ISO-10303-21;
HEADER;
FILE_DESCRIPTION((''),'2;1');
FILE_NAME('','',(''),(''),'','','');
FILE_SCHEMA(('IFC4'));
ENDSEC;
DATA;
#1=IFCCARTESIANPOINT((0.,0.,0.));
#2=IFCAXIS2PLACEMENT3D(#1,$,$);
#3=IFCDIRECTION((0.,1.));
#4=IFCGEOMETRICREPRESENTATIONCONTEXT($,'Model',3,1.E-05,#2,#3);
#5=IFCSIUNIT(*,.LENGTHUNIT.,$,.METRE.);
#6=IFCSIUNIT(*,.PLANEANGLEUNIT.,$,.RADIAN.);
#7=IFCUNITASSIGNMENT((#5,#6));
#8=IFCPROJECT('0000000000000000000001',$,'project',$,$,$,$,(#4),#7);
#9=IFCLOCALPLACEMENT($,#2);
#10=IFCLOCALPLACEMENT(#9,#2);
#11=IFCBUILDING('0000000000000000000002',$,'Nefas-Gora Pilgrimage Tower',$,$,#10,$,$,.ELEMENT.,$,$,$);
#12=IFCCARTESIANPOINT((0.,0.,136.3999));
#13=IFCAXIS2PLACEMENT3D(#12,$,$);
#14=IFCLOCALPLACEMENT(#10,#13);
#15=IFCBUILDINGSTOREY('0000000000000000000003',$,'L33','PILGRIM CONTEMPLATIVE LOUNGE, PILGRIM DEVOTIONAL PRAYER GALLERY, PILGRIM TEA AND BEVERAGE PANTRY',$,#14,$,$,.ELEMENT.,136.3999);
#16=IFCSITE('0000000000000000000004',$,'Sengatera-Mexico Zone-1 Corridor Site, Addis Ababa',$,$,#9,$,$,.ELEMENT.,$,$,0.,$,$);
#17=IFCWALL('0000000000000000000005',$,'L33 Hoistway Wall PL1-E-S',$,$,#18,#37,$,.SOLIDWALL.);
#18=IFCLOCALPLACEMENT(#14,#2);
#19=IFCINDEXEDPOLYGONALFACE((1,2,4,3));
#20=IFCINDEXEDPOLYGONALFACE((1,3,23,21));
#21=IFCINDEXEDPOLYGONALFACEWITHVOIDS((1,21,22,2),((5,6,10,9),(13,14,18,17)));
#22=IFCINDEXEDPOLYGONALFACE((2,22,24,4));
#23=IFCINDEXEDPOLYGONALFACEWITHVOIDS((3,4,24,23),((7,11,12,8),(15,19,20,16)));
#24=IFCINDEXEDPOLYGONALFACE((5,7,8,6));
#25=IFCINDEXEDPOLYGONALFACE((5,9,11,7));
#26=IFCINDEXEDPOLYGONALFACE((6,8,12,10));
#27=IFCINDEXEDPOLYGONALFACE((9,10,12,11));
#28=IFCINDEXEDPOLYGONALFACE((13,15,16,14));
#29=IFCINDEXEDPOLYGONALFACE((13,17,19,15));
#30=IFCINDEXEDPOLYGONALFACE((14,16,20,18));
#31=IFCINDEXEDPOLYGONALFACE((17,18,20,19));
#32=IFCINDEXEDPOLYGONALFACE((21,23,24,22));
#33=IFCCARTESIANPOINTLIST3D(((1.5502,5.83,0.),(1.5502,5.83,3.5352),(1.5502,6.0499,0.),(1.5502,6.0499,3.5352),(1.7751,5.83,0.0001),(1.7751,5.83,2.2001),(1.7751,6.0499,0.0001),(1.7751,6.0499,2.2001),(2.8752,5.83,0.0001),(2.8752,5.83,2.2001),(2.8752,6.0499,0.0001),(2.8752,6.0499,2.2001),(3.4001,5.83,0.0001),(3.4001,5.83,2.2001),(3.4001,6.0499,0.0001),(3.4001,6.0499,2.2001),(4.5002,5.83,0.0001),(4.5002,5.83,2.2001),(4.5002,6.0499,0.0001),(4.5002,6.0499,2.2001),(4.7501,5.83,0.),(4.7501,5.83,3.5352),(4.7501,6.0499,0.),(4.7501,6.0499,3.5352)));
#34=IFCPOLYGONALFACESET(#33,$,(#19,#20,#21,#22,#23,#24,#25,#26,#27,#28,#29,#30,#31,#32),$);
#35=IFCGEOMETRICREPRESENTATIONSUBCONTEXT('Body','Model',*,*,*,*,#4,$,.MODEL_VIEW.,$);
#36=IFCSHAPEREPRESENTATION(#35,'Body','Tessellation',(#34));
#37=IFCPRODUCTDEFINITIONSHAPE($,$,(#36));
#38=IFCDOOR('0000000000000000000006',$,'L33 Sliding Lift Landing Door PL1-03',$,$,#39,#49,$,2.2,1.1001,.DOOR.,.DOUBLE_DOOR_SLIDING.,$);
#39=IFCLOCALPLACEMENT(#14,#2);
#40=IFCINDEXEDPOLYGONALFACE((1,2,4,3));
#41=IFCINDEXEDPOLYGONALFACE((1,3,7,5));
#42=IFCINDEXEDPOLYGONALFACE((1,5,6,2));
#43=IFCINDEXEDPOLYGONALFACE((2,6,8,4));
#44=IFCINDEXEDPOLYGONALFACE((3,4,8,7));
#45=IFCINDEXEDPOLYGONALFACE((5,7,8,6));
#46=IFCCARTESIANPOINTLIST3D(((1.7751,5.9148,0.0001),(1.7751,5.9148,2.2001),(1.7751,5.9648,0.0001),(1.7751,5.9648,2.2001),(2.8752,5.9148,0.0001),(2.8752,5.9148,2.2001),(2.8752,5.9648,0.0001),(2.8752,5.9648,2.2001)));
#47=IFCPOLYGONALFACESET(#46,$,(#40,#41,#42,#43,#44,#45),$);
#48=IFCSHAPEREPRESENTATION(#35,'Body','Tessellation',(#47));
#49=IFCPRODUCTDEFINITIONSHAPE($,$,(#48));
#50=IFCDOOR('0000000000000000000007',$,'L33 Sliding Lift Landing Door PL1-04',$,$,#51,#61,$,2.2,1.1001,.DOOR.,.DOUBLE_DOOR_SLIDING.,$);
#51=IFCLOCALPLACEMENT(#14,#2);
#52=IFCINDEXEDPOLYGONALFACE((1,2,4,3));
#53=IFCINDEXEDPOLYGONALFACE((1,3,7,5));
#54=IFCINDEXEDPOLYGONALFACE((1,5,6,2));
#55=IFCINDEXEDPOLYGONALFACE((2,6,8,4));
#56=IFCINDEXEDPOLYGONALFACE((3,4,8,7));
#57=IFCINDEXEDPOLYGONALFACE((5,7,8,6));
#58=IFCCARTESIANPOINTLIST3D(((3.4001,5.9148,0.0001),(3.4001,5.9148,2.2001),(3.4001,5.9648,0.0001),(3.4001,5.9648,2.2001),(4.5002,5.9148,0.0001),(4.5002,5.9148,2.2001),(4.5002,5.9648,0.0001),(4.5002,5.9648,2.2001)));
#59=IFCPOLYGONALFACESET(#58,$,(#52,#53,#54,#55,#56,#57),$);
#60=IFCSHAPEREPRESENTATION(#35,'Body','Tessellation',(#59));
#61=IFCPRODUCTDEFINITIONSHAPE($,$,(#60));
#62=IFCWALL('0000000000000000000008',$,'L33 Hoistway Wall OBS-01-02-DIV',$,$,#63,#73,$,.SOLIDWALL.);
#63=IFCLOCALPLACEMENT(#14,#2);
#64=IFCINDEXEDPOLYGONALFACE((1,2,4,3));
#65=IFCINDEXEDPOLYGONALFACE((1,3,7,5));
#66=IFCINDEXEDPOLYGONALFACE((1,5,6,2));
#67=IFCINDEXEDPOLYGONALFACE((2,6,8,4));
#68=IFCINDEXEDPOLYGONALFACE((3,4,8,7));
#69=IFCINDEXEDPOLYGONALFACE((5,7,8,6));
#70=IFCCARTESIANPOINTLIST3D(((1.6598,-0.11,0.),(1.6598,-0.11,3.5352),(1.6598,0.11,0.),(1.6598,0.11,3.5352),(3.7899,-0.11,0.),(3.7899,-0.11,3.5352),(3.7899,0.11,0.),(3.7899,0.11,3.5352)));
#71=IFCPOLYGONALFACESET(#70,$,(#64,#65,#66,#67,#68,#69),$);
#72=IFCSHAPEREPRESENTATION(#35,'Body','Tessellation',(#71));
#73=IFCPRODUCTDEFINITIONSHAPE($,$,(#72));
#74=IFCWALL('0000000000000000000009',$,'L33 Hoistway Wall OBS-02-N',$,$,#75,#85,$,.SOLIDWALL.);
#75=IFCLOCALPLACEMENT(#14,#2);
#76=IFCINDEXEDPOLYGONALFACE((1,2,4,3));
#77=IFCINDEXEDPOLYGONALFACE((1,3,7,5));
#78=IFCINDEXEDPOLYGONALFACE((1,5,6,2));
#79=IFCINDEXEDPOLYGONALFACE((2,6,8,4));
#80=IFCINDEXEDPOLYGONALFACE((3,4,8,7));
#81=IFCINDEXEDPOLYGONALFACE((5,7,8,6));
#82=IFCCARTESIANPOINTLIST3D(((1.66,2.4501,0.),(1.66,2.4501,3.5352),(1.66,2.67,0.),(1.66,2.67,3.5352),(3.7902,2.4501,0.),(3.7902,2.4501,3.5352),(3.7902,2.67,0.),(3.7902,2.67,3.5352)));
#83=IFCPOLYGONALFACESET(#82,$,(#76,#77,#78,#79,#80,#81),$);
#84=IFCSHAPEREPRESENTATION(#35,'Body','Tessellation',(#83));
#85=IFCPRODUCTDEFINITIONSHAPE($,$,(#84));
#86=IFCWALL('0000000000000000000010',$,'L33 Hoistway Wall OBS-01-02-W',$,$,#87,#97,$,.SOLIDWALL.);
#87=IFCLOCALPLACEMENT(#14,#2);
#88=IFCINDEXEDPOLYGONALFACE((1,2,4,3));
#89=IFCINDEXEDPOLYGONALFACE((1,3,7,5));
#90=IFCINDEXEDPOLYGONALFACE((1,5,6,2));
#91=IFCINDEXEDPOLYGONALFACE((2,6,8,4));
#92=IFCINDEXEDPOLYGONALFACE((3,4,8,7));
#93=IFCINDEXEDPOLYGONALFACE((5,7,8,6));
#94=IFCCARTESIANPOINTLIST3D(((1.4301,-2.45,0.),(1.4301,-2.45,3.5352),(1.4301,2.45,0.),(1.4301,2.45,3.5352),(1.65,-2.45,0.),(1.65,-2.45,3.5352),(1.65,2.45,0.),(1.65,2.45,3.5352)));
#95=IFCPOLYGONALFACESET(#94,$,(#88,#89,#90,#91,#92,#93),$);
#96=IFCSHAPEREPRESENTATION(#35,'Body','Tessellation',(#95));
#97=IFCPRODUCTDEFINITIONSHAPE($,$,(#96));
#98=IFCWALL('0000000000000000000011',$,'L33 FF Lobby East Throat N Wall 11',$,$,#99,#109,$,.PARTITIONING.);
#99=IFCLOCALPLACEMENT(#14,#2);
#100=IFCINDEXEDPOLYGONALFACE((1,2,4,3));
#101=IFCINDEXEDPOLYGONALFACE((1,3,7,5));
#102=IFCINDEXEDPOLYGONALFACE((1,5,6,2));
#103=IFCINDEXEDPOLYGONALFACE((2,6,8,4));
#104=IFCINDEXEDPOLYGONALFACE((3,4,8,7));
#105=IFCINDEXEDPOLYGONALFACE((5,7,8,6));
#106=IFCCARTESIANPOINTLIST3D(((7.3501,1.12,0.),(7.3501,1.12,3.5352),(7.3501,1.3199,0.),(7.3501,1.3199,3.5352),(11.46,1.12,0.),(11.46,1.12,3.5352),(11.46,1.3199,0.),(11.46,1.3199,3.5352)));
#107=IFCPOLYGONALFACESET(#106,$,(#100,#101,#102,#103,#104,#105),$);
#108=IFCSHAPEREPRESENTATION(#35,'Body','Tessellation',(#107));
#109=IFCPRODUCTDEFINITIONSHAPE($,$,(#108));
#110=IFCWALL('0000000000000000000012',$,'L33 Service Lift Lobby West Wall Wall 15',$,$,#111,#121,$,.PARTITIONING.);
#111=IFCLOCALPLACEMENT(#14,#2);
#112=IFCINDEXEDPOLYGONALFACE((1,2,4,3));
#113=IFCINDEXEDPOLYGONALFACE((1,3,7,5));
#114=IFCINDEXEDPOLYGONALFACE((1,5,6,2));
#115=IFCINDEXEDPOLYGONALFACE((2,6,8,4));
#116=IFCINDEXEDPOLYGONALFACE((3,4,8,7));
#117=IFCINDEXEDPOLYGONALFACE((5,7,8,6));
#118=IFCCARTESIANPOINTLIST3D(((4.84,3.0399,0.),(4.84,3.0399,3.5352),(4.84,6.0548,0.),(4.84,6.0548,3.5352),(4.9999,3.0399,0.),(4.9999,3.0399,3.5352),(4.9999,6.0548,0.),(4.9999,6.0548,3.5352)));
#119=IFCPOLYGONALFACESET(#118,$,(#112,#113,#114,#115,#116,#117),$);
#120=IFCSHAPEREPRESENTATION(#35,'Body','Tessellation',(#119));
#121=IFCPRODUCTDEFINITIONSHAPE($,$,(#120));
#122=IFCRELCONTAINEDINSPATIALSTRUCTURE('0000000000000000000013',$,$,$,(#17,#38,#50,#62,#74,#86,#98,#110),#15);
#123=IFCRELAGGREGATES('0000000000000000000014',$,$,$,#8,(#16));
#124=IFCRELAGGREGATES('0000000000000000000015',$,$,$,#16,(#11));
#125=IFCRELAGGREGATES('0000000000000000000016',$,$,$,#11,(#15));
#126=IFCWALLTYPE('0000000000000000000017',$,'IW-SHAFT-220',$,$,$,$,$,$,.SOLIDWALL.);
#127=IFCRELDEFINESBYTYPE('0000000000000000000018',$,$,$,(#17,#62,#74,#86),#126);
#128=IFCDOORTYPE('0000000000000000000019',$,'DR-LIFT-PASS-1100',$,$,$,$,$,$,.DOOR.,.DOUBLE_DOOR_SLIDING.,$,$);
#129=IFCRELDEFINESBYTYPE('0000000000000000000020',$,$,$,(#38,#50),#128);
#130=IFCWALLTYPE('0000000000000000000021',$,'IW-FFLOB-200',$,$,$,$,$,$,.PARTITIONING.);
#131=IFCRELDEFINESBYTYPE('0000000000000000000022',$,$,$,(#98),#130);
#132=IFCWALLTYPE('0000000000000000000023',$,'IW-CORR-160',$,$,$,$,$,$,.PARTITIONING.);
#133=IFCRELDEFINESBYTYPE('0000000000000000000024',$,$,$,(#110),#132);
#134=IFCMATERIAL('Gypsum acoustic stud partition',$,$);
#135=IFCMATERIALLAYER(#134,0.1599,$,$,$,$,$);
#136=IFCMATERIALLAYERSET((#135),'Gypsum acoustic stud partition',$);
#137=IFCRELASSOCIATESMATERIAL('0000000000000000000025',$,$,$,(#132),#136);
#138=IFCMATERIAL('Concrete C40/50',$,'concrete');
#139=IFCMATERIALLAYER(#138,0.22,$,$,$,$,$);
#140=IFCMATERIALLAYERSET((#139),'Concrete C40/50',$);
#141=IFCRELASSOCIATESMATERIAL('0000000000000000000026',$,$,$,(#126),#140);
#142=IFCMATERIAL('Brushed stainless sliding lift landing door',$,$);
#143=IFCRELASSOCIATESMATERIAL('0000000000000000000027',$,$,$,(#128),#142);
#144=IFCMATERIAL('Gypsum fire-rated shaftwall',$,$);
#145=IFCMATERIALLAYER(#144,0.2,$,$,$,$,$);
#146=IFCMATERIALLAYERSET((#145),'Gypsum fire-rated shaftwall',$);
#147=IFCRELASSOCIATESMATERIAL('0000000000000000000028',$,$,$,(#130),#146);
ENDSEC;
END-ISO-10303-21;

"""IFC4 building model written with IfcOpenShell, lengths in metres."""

from ifc_helpers import new_model, si_unit, direction, frame, frame_2d, origin, place, context, subcontext, project, spatial, rectangle, extrude, source, transform, mapped, material, layer, layer_set, type_object, element, fill, save


model = new_model("IFC4")

# Units and contexts
model_context = context("Model", 3, precision=1e-05, world=origin(), true_north=direction((0.0, 1.0)))
body_context = subcontext(model_context, "Body", "Model", "MODEL_VIEW")
ifc_project = project(units=[si_unit("LENGTHUNIT", "METRE"), si_unit("PLANEANGLEUNIT", "RADIAN")], contexts=[model_context])

# Site, building, storey
site_placement = place(None, origin())
site = spatial("IfcSite", under=ifc_project, at=site_placement, Name="Sengatera-Mexico Zone-1 Corridor Site, Addis Ababa", CompositionType="ELEMENT", RefElevation=0.0)
building_placement = place(site_placement, origin())
building = spatial("IfcBuilding", under=site, at=building_placement, Name="Nefas-Gora Pilgrimage Tower", CompositionType="ELEMENT")
storey_placement = place(building_placement, frame((0.0, 0.0, 136.3999)))
storey = spatial("IfcBuildingStorey", under=building, at=storey_placement, Name="L33", Description="PILGRIM CONTEMPLATIVE LOUNGE, PILGRIM DEVOTIONAL PRAYER GALLERY, PILGRIM TEA AND BEVERAGE PANTRY", CompositionType="ELEMENT", Elevation=136.3999)

# Shared definitions
ifc_material_1 = material(Name="Gypsum acoustic stud partition")
ifc_layer_1 = layer(ifc_material_1, 0.1599)
ifc_layer_set_1 = layer_set([ifc_layer_1], Name="Gypsum acoustic stud partition")
wall_type_1 = type_object("IfcWallType", Name="IW-CORR-160", PredefinedType="PARTITIONING", material=ifc_layer_set_1)

# Shared definitions
ifc_material_2 = material(Name="Concrete C40/50", Category="concrete")
ifc_layer_2 = layer(ifc_material_2, 0.22)
ifc_layer_set_2 = layer_set([ifc_layer_2], Name="Concrete C40/50")
wall_type_2 = type_object("IfcWallType", Name="IW-SHAFT-220", PredefinedType="SOLIDWALL", material=ifc_layer_set_2)

# Wall, openings, doors
shared_shape_1 = source(origin(), body_context, "Body", "SweptSolid", [
    extrude(rectangle(XDim=3.2, YDim=0.22, at=frame_2d((1.6001, 0.0))), origin(), (0.0, 0.0, 1.0), 3.5352),
])
wall_1_placement = place(storey_placement, frame((1.55, 5.9399, 0.0), z_axis=(0.0, 0.0, 1.0), x_axis=(1.0, 0.0, 0.0)))
wall_1 = element("IfcWall", 1, at=wall_1_placement, inside=storey, type_object=wall_type_2, Name="L33 Hoistway Wall PL1-E-S", PredefinedType="SOLIDWALL", context=body_context, shape_type="MappedRepresentation", body=[
    mapped(shared_shape_1, transform((0.0, 0.0, 0.0), x_axis=(1.0, 0.0, 0.0), y_axis=(0.0, 1.0, 0.0), z_axis=(0.0, 0.0, 1.0), scale=1.0)),
])
opening_1_placement = place(wall_1_placement, frame((0.2251, 0.0, 0.0)))
opening_1 = element("IfcOpeningElement", 2, at=opening_1_placement, cuts=wall_1, PredefinedType="OPENING", context=body_context, shape_type="SweptSolid", body=[
    extrude(rectangle(XDim=1.1001, YDim=2.2, at=frame_2d((0.55, 1.1001))), frame((0.0, 0.1199, 0.0), z_axis=(0.0, -1.0, 0.0), x_axis=(1.0, 0.0, 0.0)), (0.0, 0.0, 1.0), 0.24),
])
opening_2_placement = place(wall_1_placement, frame((1.8501, 0.0, 0.0)))
opening_2 = element("IfcOpeningElement", 3, at=opening_2_placement, cuts=wall_1, PredefinedType="OPENING", context=body_context, shape_type="SweptSolid", body=[
    extrude(rectangle(XDim=1.1001, YDim=2.2, at=frame_2d((0.55, 1.1001))), frame((0.0, 0.1199, 0.0), z_axis=(0.0, -1.0, 0.0), x_axis=(1.0, 0.0, 0.0)), (0.0, 0.0, 1.0), 0.24),
])
ifc_material_3 = material(Name="Brushed stainless sliding lift landing door")
door_type_1 = type_object("IfcDoorType", Name="DR-LIFT-PASS-1100", OperationType="DOUBLE_DOOR_SLIDING", PredefinedType="DOOR", material=ifc_material_3)
shared_shape_2 = source(origin(), body_context, "Body", "SweptSolid", [
    extrude(rectangle(XDim=1.1001, YDim=2.2, at=frame_2d((0.55, 1.1001))), frame((0.0, 0.0249, 0.0), z_axis=(0.0, -1.0, 0.0), x_axis=(1.0, 0.0, 0.0)), (0.0, 0.0, 1.0), 0.05),
])
door_1_placement = place(opening_1_placement, origin())
door_1 = element("IfcDoor", 4, at=door_1_placement, inside=storey, type_object=door_type_1, Name="L33 Sliding Lift Landing Door PL1-03", OperationType="DOUBLE_DOOR_SLIDING", OverallHeight=2.2, OverallWidth=1.1001, PredefinedType="DOOR", context=body_context, shape_type="MappedRepresentation", body=[
    mapped(shared_shape_2, transform((0.0, 0.0, 0.0), x_axis=(1.0, 0.0, 0.0), y_axis=(0.0, 1.0, 0.0), z_axis=(0.0, 0.0, 1.0), scale=1.0)),
])
fill(opening_1, door_1)
door_2_placement = place(opening_2_placement, origin())
door_2 = element("IfcDoor", 5, at=door_2_placement, inside=storey, type_object=door_type_1, Name="L33 Sliding Lift Landing Door PL1-04", OperationType="DOUBLE_DOOR_SLIDING", OverallHeight=2.2, OverallWidth=1.1001, PredefinedType="DOOR", context=body_context, shape_type="MappedRepresentation", body=[
    mapped(shared_shape_2, transform((0.0, 0.0, 0.0), x_axis=(1.0, 0.0, 0.0), y_axis=(0.0, 1.0, 0.0), z_axis=(0.0, 0.0, 1.0), scale=1.0)),
])
fill(opening_2, door_2)

# Walls
shared_shape_3 = source(origin(), body_context, "Body", "SweptSolid", [
    extrude(rectangle(XDim=2.1301, YDim=0.22, at=frame_2d((1.0649, 0.0))), origin(), (0.0, 0.0, 1.0), 3.5352),
])
for number, where, z_axis, x_axis, name in (
    (6, (1.6599, 0.0, 0.0), (0.0, 0.0, 1.0), (1.0, 0.0, 0.0), "L33 Hoistway Wall OBS-01-02-DIV"),
    (7, (3.79, 2.5601, 0.0), (0.0, 0.0, 1.0), (-1.0, 0.0, 0.0), "L33 Hoistway Wall OBS-02-N"),
):
    element("IfcWall", number, at=place(storey_placement, frame(where, z_axis=z_axis, x_axis=x_axis)), inside=storey, type_object=wall_type_2, Name=name, PredefinedType="SOLIDWALL", context=body_context, shape_type="MappedRepresentation", body=[
        mapped(shared_shape_3, transform((0.0, 0.0, 0.0), x_axis=(1.0, 0.0, 0.0), y_axis=(0.0, 1.0, 0.0), z_axis=(0.0, 0.0, 1.0), scale=1.0)),
    ])
shared_shape_4 = source(origin(), body_context, "Body", "SweptSolid", [
    extrude(rectangle(XDim=4.8999, YDim=0.22, at=frame_2d((2.45, 0.0))), origin(), (0.0, 0.0, 1.0), 3.5352),
])
wall_2_placement = place(storey_placement, frame((1.54, 2.45, 0.0), z_axis=(0.0, 0.0, 1.0), x_axis=(0.0, -1.0, 0.0)))
element("IfcWall", 8, at=wall_2_placement, inside=storey, type_object=wall_type_2, Name="L33 Hoistway Wall OBS-01-02-W", PredefinedType="SOLIDWALL", context=body_context, shape_type="MappedRepresentation", body=[
    mapped(shared_shape_4, transform((0.0, 0.0, 0.0), x_axis=(1.0, 0.0, 0.0), y_axis=(0.0, 1.0, 0.0), z_axis=(0.0, 0.0, 1.0), scale=1.0)),
])

# Shared definitions
ifc_material_4 = material(Name="Gypsum fire-rated shaftwall")
ifc_layer_3 = layer(ifc_material_4, 0.2)
ifc_layer_set_3 = layer_set([ifc_layer_3], Name="Gypsum fire-rated shaftwall")
wall_type_3 = type_object("IfcWallType", Name="IW-FFLOB-200", PredefinedType="PARTITIONING", material=ifc_layer_set_3)

# Walls
shared_shape_5 = source(origin(), body_context, "Body", "SweptSolid", [
    extrude(rectangle(XDim=4.1099, YDim=0.2, at=frame_2d((2.0549, 0.0))), origin(), (0.0, 0.0, 1.0), 3.5352),
])
wall_3_placement = place(storey_placement, frame((7.3501, 1.22, 0.0), z_axis=(0.0, 0.0, 1.0), x_axis=(1.0, 0.0, 0.0)))
element("IfcWall", 9, at=wall_3_placement, inside=storey, type_object=wall_type_3, Name="L33 FF Lobby East Throat N Wall 11", PredefinedType="PARTITIONING", context=body_context, shape_type="MappedRepresentation", body=[
    mapped(shared_shape_5, transform((0.0, 0.0, 0.0), x_axis=(1.0, 0.0, 0.0), y_axis=(0.0, 1.0, 0.0), z_axis=(0.0, 0.0, 1.0), scale=1.0)),
])
shared_shape_6 = source(origin(), body_context, "Body", "SweptSolid", [
    extrude(rectangle(XDim=3.0149, YDim=0.1599, at=frame_2d((1.5073, 0.0))), origin(), (0.0, 0.0, 1.0), 3.5352),
])
wall_4_placement = place(storey_placement, frame((4.9199, 3.04, 0.0), z_axis=(0.0, 0.0, 1.0), x_axis=(0.0, 1.0, 0.0)))
element("IfcWall", 10, at=wall_4_placement, inside=storey, type_object=wall_type_1, Name="L33 Service Lift Lobby West Wall Wall 15", PredefinedType="PARTITIONING", context=body_context, shape_type="MappedRepresentation", body=[
    mapped(shared_shape_6, transform((0.0, 0.0, 0.0), x_axis=(1.0, 0.0, 0.0), y_axis=(0.0, 1.0, 0.0), z_axis=(0.0, 0.0, 1.0), scale=1.0)),
])

save(model, "model.ifc")
